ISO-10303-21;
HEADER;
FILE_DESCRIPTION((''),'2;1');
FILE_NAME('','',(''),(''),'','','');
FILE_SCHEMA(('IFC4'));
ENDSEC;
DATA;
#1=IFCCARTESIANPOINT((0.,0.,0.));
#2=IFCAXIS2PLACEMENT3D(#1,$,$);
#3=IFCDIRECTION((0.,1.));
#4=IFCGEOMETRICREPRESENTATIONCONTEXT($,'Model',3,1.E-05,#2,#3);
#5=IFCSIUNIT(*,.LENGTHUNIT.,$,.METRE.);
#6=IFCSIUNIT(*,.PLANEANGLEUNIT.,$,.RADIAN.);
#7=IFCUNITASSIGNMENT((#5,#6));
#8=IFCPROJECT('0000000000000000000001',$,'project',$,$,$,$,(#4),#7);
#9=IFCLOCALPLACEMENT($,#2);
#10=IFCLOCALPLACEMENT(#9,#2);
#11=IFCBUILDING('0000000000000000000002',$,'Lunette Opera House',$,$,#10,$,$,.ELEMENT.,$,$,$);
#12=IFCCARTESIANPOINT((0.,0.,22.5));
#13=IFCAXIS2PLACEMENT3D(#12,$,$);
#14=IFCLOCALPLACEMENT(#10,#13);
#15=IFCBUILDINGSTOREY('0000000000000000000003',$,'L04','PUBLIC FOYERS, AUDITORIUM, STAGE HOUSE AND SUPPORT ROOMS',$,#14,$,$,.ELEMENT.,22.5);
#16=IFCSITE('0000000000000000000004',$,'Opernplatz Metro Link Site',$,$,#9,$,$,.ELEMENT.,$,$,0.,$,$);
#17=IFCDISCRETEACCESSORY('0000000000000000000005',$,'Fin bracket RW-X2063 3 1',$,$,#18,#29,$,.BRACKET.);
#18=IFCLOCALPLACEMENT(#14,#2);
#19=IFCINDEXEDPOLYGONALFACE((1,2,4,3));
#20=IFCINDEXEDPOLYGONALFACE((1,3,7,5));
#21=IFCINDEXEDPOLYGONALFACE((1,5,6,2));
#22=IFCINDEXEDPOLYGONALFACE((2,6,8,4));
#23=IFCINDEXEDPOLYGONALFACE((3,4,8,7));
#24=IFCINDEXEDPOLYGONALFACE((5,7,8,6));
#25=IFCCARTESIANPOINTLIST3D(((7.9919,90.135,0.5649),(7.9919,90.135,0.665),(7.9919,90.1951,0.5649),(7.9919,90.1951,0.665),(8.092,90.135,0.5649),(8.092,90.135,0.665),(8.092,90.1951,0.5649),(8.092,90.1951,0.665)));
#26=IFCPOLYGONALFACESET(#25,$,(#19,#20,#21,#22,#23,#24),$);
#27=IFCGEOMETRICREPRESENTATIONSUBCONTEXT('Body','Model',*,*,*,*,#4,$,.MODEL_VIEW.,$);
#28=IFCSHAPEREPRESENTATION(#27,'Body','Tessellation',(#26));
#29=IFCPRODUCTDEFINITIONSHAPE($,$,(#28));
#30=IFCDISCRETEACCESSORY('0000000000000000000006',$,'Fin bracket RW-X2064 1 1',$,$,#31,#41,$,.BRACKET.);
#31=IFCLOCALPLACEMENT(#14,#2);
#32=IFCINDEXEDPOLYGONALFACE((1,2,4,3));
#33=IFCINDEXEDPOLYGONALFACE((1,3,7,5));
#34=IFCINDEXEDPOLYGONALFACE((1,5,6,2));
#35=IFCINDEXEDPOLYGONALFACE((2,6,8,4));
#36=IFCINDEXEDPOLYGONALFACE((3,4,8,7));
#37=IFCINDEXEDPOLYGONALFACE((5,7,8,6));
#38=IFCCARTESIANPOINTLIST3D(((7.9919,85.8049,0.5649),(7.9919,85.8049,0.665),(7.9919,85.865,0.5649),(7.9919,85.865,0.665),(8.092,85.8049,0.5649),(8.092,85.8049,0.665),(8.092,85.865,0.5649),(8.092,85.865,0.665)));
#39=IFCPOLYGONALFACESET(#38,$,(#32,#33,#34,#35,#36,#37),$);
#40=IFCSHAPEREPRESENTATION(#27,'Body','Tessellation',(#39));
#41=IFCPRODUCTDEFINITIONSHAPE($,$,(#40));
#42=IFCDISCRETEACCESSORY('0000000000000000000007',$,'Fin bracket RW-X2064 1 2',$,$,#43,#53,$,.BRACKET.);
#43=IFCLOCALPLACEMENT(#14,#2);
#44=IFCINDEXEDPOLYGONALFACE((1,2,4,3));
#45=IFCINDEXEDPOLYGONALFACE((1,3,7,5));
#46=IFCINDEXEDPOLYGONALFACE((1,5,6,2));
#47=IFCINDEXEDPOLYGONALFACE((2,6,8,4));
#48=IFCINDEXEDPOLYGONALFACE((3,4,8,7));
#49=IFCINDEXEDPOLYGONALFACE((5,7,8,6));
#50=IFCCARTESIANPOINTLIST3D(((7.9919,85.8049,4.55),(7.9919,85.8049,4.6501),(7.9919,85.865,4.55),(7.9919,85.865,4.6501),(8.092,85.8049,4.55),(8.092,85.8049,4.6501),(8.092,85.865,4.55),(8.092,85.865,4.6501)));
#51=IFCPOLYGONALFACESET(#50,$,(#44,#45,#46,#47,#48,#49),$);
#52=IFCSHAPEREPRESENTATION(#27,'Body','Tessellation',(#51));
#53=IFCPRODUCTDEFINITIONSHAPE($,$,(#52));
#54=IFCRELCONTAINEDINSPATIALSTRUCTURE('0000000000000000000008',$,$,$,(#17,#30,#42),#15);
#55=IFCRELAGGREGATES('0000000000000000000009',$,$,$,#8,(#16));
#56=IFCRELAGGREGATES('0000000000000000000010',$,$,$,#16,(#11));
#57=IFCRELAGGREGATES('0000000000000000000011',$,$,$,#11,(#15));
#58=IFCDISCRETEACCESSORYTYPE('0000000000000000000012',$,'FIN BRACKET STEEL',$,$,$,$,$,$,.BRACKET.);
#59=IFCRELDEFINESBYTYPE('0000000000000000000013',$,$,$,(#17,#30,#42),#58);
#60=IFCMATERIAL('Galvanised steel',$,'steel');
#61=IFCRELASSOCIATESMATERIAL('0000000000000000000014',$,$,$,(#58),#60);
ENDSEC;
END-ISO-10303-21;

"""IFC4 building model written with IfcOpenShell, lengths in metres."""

from ifc_helpers import new_model, si_unit, direction, frame, origin, origin_2d, place, context, subcontext, project, spatial, rectangle, extrude, material, type_object, element, save


model = new_model("IFC4")

# Units and contexts
model_context = context("Model", 3, precision=1e-05, world=origin(), true_north=direction((0.0, 1.0)))
body_context = subcontext(model_context, "Body", "Model", "MODEL_VIEW")
ifc_project = project(units=[si_unit("LENGTHUNIT", "METRE"), si_unit("PLANEANGLEUNIT", "RADIAN")], contexts=[model_context])

# Site, building, storey
site_placement = place(None, origin())
site = spatial("IfcSite", under=ifc_project, at=site_placement, Name="Opernplatz Metro Link Site", CompositionType="ELEMENT", RefElevation=0.0)
building_placement = place(site_placement, origin())
building = spatial("IfcBuilding", under=site, at=building_placement, Name="Lunette Opera House", CompositionType="ELEMENT")
storey_placement = place(building_placement, frame((0.0, 0.0, 22.5)))
storey = spatial("IfcBuildingStorey", under=building, at=storey_placement, Name="L04", Description="PUBLIC FOYERS, AUDITORIUM, STAGE HOUSE AND SUPPORT ROOMS", CompositionType="ELEMENT", Elevation=22.5)

# Discrete accessories
ifc_material_1 = material(Name="Galvanised steel", Category="steel")
discrete_accessory_type = type_object("IfcDiscreteAccessoryType", Name="FIN BRACKET STEEL", PredefinedType="BRACKET", material=ifc_material_1)
for number, where, z_axis, x_axis, name in (
    (1, (8.042, 90.165, 0.5649), (0.0, 0.0, 1.0), (-1.0, 0.0, 0.0), "Fin bracket RW-X2063 3 1"),
    (2, (8.042, 85.835, 0.5649), (0.0, 0.0, 1.0), (-1.0, 0.0, 0.0), "Fin bracket RW-X2064 1 1"),
    (3, (8.042, 85.835, 4.55), (0.0, 0.0, 1.0), (-1.0, 0.0, 0.0), "Fin bracket RW-X2064 1 2"),
):
    element("IfcDiscreteAccessory", number, at=place(storey_placement, frame(where, z_axis=z_axis, x_axis=x_axis)), inside=storey, type_object=discrete_accessory_type, Name=name, PredefinedType="BRACKET", context=body_context, shape_type="SweptSolid", body=[
        extrude(rectangle(XDim=0.1001, YDim=0.0601, at=origin_2d()), origin(), (0.0, 0.0, 1.0), 0.1001),
    ])

save(model, "model.ifc")
